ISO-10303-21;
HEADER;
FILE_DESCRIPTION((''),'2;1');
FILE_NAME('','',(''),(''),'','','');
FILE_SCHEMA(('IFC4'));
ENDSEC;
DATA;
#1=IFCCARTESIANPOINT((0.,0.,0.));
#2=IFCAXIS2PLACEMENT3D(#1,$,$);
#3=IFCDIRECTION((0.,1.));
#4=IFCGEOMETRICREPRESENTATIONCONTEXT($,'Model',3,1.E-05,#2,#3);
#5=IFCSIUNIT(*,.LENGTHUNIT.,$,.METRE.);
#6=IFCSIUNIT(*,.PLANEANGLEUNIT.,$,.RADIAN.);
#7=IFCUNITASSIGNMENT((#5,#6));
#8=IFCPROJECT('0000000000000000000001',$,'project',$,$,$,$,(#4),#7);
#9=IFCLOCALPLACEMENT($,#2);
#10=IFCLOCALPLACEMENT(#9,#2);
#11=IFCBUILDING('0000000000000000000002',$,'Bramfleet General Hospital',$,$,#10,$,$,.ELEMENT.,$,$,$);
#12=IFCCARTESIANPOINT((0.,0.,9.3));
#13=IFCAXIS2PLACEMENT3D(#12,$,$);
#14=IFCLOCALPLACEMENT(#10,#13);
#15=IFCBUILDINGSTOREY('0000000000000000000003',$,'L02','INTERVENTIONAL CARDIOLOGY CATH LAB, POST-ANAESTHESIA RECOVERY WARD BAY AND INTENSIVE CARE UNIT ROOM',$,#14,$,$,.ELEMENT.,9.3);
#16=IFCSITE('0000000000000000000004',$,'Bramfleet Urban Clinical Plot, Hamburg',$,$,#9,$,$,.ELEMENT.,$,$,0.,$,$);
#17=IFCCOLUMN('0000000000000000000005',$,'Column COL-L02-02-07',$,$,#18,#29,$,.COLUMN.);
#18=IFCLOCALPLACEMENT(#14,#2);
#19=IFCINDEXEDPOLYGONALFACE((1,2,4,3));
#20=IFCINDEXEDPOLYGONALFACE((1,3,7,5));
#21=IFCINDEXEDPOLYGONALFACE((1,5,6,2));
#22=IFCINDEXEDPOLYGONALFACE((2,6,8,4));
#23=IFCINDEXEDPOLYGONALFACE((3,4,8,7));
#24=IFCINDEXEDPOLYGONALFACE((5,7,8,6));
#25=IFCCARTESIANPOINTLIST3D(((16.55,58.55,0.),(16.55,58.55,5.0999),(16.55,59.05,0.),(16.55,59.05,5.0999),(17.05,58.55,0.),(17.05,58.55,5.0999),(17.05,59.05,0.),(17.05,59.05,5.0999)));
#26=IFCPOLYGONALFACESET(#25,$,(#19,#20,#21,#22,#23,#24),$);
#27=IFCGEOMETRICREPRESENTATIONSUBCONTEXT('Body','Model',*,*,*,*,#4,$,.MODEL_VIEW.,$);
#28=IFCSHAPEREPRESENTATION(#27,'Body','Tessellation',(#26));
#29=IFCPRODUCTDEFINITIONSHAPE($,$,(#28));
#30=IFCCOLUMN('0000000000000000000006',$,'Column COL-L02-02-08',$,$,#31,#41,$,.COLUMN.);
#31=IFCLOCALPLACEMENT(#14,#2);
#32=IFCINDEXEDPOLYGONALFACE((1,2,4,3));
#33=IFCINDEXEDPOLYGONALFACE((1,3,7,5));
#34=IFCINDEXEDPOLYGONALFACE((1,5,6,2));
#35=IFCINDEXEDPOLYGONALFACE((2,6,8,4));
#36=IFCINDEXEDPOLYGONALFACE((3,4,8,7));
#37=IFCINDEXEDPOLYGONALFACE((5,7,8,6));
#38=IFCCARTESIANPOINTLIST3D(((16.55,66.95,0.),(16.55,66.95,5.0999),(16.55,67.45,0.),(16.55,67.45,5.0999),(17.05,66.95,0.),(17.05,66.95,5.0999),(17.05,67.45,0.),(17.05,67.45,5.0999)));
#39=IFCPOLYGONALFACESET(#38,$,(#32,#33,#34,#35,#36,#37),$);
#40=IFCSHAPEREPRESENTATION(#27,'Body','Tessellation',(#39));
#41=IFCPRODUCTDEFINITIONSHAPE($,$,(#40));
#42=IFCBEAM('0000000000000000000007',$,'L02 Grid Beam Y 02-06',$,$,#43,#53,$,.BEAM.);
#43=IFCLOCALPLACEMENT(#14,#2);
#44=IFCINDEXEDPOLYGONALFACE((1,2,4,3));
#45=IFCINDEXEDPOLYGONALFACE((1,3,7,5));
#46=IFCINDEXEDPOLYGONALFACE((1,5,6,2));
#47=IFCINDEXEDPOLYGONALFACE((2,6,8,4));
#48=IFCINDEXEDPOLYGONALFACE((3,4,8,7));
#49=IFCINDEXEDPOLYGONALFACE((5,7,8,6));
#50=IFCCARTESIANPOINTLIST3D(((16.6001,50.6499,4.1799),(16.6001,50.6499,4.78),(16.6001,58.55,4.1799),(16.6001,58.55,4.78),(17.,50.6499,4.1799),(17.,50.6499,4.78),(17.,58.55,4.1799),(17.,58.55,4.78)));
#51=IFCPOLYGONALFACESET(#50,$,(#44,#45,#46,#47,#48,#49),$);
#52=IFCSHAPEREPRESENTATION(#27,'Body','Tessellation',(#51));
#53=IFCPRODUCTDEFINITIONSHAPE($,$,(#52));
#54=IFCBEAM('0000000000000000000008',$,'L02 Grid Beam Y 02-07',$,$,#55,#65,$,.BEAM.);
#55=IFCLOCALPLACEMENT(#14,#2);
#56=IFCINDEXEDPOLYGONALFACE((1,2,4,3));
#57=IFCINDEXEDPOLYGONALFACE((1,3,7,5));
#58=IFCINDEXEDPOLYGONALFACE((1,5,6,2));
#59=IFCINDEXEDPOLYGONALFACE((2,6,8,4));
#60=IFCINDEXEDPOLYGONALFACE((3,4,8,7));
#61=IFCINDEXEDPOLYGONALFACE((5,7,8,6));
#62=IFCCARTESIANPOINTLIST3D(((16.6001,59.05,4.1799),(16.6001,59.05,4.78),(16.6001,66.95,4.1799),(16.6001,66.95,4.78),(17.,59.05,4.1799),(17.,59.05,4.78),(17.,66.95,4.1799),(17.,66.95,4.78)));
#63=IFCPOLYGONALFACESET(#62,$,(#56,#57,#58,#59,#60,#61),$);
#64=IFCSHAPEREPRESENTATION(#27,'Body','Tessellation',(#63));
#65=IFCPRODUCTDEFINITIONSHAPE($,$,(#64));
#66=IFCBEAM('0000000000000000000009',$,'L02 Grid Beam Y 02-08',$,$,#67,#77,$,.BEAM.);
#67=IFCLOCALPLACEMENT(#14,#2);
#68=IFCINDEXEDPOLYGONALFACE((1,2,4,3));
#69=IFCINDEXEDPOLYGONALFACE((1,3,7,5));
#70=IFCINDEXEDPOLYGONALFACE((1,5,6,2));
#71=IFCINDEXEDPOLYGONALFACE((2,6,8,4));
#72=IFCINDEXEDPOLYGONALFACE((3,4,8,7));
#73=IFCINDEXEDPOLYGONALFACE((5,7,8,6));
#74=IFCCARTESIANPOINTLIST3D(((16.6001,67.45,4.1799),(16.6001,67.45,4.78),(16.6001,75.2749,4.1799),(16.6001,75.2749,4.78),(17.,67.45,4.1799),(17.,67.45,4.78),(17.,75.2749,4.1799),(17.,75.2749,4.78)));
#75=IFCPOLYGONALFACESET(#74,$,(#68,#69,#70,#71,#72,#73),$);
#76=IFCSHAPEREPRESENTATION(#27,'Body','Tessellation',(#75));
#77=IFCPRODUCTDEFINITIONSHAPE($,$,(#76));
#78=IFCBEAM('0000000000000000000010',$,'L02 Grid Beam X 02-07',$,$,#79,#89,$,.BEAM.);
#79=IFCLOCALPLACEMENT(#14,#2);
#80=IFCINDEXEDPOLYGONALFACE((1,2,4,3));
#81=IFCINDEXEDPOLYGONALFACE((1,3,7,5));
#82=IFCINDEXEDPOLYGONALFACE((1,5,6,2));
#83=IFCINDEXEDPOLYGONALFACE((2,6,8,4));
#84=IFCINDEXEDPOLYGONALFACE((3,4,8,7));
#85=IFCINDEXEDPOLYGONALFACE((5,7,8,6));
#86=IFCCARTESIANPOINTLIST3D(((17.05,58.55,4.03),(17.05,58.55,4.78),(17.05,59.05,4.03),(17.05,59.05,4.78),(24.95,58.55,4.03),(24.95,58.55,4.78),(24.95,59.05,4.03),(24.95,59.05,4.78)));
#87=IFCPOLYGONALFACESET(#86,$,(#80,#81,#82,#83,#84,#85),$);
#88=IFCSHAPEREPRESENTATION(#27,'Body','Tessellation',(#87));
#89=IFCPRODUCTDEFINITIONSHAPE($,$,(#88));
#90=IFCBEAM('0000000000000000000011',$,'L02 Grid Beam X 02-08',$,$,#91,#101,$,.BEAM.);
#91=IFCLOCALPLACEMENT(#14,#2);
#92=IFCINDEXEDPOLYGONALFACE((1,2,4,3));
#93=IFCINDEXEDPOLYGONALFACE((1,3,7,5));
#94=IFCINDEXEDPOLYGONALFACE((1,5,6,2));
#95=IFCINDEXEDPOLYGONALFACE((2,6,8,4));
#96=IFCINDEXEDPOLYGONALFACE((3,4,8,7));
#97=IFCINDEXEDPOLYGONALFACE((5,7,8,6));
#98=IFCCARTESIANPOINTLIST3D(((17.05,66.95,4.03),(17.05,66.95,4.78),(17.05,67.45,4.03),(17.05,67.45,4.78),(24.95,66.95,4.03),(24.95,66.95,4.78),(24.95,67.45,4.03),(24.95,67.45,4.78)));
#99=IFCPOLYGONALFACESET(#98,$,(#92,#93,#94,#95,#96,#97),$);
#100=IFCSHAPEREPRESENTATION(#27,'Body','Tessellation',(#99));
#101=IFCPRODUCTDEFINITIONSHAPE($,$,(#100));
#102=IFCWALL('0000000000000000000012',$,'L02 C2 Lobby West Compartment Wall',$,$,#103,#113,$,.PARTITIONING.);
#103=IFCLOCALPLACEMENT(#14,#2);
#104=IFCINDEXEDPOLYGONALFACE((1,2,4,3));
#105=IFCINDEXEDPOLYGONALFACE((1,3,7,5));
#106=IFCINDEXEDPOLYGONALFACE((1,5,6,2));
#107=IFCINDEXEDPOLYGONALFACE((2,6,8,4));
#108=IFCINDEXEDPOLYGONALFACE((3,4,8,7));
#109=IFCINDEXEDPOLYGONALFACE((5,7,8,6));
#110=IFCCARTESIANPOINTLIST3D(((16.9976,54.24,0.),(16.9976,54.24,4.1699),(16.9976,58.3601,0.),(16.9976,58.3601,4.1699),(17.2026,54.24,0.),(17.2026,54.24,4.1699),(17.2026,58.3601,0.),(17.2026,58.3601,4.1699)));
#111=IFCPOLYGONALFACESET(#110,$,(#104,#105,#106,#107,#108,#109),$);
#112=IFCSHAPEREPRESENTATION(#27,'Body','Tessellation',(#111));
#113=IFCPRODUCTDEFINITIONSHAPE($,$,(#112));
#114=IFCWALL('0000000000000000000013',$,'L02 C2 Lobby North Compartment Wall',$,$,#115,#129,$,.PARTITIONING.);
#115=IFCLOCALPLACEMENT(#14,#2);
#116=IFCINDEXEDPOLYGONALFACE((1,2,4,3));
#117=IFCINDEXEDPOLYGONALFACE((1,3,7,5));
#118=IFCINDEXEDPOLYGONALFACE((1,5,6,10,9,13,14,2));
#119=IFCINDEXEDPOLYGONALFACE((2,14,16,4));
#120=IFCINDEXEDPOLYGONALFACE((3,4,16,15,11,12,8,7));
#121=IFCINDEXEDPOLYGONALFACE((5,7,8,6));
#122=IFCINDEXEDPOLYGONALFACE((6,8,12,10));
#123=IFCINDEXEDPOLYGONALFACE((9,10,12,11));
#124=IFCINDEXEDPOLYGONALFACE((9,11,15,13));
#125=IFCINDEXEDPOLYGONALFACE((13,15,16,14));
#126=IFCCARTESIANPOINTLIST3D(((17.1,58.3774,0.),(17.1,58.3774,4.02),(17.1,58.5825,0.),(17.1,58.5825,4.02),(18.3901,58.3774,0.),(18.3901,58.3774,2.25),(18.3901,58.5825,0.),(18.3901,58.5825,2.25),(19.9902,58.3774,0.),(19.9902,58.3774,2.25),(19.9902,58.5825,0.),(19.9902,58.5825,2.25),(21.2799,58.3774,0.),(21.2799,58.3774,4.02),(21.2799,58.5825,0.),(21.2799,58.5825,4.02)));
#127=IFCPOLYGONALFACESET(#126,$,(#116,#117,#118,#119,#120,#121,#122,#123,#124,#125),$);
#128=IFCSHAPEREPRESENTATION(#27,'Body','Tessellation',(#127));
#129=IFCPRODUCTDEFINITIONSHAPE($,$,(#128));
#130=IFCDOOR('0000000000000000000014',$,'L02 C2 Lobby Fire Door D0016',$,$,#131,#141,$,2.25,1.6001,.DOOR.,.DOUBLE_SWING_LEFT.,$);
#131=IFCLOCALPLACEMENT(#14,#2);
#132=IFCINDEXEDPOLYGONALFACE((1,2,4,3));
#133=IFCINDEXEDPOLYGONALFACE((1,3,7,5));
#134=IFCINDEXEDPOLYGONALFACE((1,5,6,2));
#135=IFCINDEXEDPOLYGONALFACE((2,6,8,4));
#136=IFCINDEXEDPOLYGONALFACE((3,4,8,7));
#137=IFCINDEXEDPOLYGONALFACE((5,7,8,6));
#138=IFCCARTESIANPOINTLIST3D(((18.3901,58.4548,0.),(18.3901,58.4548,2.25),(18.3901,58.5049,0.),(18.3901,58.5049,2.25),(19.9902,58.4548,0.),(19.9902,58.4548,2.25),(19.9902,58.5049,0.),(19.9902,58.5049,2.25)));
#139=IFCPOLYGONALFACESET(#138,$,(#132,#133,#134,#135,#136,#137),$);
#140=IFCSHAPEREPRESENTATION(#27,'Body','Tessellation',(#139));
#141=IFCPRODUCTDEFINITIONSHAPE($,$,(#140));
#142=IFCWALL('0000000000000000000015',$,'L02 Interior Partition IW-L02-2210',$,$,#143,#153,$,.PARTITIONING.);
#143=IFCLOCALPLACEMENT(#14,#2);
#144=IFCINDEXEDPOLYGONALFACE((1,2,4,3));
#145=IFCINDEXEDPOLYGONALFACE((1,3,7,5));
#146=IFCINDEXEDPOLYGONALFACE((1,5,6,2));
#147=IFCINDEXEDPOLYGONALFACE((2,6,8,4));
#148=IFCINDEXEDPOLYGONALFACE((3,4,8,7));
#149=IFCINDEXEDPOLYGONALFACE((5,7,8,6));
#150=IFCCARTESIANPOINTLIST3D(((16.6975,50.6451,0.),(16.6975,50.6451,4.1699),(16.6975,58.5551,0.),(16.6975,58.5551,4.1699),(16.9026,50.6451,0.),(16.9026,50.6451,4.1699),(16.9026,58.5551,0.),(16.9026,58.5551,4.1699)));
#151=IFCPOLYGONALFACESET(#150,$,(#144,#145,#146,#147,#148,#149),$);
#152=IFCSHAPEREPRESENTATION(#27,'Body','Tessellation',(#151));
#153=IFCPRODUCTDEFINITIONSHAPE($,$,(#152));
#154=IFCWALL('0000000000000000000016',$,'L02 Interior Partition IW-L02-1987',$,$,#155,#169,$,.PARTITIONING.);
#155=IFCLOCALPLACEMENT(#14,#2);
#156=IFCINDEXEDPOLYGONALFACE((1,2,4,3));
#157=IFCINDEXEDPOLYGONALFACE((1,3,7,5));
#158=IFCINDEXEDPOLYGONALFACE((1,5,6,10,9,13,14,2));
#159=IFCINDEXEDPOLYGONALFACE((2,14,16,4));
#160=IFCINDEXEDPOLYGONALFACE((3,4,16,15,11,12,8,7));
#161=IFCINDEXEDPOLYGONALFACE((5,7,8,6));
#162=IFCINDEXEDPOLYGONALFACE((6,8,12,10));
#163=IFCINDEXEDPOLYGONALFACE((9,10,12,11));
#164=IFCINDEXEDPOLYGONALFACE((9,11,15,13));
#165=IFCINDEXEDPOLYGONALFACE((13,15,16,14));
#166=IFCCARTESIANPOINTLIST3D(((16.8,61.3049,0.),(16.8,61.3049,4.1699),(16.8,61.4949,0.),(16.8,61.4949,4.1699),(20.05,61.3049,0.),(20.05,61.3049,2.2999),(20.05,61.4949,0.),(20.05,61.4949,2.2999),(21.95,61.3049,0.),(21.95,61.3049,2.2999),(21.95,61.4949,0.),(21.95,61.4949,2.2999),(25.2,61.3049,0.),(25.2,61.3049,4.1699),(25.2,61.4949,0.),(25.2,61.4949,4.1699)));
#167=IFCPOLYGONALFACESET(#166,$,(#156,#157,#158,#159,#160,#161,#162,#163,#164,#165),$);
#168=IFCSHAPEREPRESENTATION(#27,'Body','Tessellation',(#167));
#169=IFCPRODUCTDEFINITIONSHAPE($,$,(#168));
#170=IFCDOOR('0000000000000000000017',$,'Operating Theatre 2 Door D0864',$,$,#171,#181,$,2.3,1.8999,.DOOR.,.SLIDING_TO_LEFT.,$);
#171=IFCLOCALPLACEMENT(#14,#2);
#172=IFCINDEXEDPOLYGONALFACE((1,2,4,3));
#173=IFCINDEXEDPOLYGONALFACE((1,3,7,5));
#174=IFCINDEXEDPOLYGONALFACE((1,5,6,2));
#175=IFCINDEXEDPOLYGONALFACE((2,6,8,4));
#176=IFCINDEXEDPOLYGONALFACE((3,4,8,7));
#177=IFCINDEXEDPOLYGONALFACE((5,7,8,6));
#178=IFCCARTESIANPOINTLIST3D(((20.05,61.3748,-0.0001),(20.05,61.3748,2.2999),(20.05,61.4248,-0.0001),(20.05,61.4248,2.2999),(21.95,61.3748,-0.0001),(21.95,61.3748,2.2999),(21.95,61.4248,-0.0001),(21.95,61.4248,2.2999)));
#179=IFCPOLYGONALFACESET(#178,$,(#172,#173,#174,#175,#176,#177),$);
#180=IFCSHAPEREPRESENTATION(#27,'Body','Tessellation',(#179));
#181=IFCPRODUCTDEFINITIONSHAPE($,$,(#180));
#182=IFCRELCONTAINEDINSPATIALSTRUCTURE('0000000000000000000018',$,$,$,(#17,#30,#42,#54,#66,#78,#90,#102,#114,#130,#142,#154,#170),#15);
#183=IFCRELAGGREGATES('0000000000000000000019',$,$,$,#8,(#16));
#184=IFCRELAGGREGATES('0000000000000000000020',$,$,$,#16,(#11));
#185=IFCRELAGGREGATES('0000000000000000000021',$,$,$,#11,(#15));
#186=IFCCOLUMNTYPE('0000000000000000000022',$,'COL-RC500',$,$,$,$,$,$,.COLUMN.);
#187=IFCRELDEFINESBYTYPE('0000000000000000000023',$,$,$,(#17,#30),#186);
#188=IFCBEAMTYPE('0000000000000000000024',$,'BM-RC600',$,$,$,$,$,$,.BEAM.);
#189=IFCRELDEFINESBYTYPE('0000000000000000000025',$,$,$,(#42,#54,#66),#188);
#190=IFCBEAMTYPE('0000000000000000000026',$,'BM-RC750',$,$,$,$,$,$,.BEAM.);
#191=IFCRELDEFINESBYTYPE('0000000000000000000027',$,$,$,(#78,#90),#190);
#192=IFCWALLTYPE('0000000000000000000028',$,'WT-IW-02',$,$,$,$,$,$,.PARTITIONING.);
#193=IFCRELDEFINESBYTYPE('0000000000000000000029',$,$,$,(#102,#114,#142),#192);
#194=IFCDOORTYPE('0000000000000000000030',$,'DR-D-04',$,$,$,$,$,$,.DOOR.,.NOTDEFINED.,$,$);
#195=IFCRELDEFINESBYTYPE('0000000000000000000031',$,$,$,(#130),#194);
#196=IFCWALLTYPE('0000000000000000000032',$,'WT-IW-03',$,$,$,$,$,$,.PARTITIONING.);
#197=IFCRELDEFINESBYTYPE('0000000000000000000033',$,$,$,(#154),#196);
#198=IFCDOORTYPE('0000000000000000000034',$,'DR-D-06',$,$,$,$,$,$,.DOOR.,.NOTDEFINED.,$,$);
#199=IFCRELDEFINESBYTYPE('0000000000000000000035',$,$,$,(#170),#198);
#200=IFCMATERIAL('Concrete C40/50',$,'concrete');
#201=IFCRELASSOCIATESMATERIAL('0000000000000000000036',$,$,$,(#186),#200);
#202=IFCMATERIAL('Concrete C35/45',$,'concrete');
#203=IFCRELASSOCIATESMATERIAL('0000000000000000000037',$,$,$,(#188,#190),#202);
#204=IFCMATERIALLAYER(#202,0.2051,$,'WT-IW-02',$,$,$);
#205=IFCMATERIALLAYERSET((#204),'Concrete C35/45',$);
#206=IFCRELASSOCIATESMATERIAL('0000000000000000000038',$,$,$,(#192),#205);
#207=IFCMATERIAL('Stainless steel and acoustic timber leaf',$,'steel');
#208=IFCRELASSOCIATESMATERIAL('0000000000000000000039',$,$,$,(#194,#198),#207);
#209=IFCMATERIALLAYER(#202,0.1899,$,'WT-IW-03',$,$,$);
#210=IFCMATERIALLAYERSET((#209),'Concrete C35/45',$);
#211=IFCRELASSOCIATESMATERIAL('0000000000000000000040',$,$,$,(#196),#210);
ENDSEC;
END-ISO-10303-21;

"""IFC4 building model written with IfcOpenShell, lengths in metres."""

from ifc_helpers import new_model, si_unit, direction, frame, frame_2d, origin, origin_2d, place, context, subcontext, project, spatial, rectangle, extrude, material, layer, layer_set, material_profile, profile_set, type_object, element, fill, save


model = new_model("IFC4")

# Units and contexts
model_context = context("Model", 3, precision=1e-05, world=origin(), true_north=direction((0.0, 1.0)))
body_context = subcontext(model_context, "Body", "Model", "MODEL_VIEW")
ifc_project = project(units=[si_unit("LENGTHUNIT", "METRE"), si_unit("PLANEANGLEUNIT", "RADIAN")], contexts=[model_context])

# Site, building, storey
site_placement = place(None, origin())
site = spatial("IfcSite", under=ifc_project, at=site_placement, Name="Bramfleet Urban Clinical Plot, Hamburg", CompositionType="ELEMENT", RefElevation=0.0)
building_placement = place(site_placement, origin())
building = spatial("IfcBuilding", under=site, at=building_placement, Name="Bramfleet General Hospital", CompositionType="ELEMENT")
storey_placement = place(building_placement, frame((0.0, 0.0, 9.3)))
storey = spatial("IfcBuildingStorey", under=building, at=storey_placement, Name="L02", Description="INTERVENTIONAL CARDIOLOGY CATH LAB, POST-ANAESTHESIA RECOVERY WARD BAY AND INTENSIVE CARE UNIT ROOM", CompositionType="ELEMENT", Elevation=9.3)

# Columns
ifc_material_1 = material(Name="Concrete C40/50", Category="concrete")
ifc_material_profile_1 = material_profile(ifc_material_1, rectangle(XDim=0.5, YDim=0.5, at=origin_2d()), Name="RC COL 500x500")
ifc_profile_set_1 = profile_set([ifc_material_profile_1], Name="Concrete C40/50")
column_type = type_object("IfcColumnType", Name="COL-RC500", PredefinedType="COLUMN", material=ifc_profile_set_1)
for number, where, z_axis, x_axis, name in (
    (1, (16.8, 58.8, 0.0), (0.0, 0.0, 1.0), (1.0, 0.0, 0.0), "Column COL-L02-02-07"),
    (2, (16.8, 67.2, 0.0), (0.0, 0.0, 1.0), (1.0, 0.0, 0.0), "Column COL-L02-02-08"),
):
    element("IfcColumn", number, at=place(storey_placement, frame(where, z_axis=z_axis, x_axis=x_axis)), inside=storey, type_object=column_type, Name=name, PredefinedType="COLUMN", context=body_context, shape_type="SweptSolid", body=[
        extrude(rectangle(XDim=0.5, YDim=0.5, at=origin_2d()), origin(), (0.0, 0.0, 1.0), 5.0999),
    ])

# Beams
ifc_material_2 = material(Name="Concrete C35/45", Category="concrete")
ifc_material_profile_2 = material_profile(ifc_material_2, rectangle(XDim=0.3999, YDim=0.6001, at=origin_2d()), Name="RC BM 600x400")
ifc_profile_set_2 = profile_set([ifc_material_profile_2], Name="Concrete C35/45")
beam_type_1 = type_object("IfcBeamType", Name="BM-RC600", PredefinedType="BEAM", material=ifc_profile_set_2)
beam_1_placement = place(storey_placement, frame((16.8, 50.6499, 4.48), z_axis=(0.0, 1.0, 0.0), x_axis=(-1.0, 0.0, 0.0)))
element("IfcBeam", 3, at=beam_1_placement, inside=storey, type_object=beam_type_1, Name="L02 Grid Beam Y 02-06", PredefinedType="BEAM", context=body_context, shape_type="SweptSolid", body=[
    extrude(rectangle(XDim=0.3999, YDim=0.6001, at=origin_2d()), origin(), (0.0, 0.0, 1.0), 7.9001),
])
beam_2_placement = place(storey_placement, frame((16.8, 59.05, 4.48), z_axis=(0.0, 1.0, 0.0), x_axis=(-1.0, 0.0, 0.0)))
element("IfcBeam", 4, at=beam_2_placement, inside=storey, type_object=beam_type_1, Name="L02 Grid Beam Y 02-07", PredefinedType="BEAM", context=body_context, shape_type="SweptSolid", body=[
    extrude(rectangle(XDim=0.3999, YDim=0.6001, at=origin_2d()), origin(), (0.0, 0.0, 1.0), 7.8999),
])
beam_3_placement = place(storey_placement, frame((16.8, 67.45, 4.48), z_axis=(0.0, 1.0, 0.0), x_axis=(-1.0, 0.0, 0.0)))
element("IfcBeam", 5, at=beam_3_placement, inside=storey, type_object=beam_type_1, Name="L02 Grid Beam Y 02-08", PredefinedType="BEAM", context=body_context, shape_type="SweptSolid", body=[
    extrude(rectangle(XDim=0.3999, YDim=0.6001, at=origin_2d()), origin(), (0.0, 0.0, 1.0), 7.825),
])
ifc_material_profile_3 = material_profile(ifc_material_2, rectangle(XDim=0.5, YDim=0.75, at=origin_2d()), Name="RC BM 750x500")
ifc_profile_set_3 = profile_set([ifc_material_profile_3], Name="Concrete C35/45")
beam_type_2 = type_object("IfcBeamType", Name="BM-RC750", PredefinedType="BEAM", material=ifc_profile_set_3)
for number, where, z_axis, x_axis, name in (
    (6, (17.05, 58.8, 4.405), (1.0, 0.0, 0.0), (0.0, 1.0, 0.0), "L02 Grid Beam X 02-07"),
    (7, (17.05, 67.2, 4.405), (1.0, 0.0, 0.0), (0.0, 1.0, 0.0), "L02 Grid Beam X 02-08"),
):
    element("IfcBeam", number, at=place(storey_placement, frame(where, z_axis=z_axis, x_axis=x_axis)), inside=storey, type_object=beam_type_2, Name=name, PredefinedType="BEAM", context=body_context, shape_type="SweptSolid", body=[
        extrude(rectangle(XDim=0.5, YDim=0.75, at=origin_2d()), origin(), (0.0, 0.0, 1.0), 7.8999),
    ])

# Wall
ifc_layer_1 = layer(ifc_material_2, 0.2051, Name="WT-IW-02")
ifc_layer_set_1 = layer_set([ifc_layer_1], Name="Concrete C35/45")
wall_type_1 = type_object("IfcWallType", Name="WT-IW-02", PredefinedType="PARTITIONING", material=ifc_layer_set_1)
wall_1_placement = place(storey_placement, frame((17.1001, 54.24, 0.0), z_axis=(0.0, 0.0, 1.0), x_axis=(0.0, 1.0, 0.0)))
element("IfcWall", 8, at=wall_1_placement, inside=storey, type_object=wall_type_1, Name="L02 C2 Lobby West Compartment Wall", PredefinedType="PARTITIONING", context=body_context, shape_type="SweptSolid", body=[
    extrude(rectangle(XDim=4.1201, YDim=0.2051, at=frame_2d((2.0601, 0.0))), origin(), (0.0, 0.0, 1.0), 4.1699),
])

# Wall, opening, door
wall_2_placement = place(storey_placement, frame((17.1001, 58.48, 0.0), z_axis=(0.0, 0.0, 1.0), x_axis=(1.0, 0.0, 0.0)))
wall_2 = element("IfcWall", 9, at=wall_2_placement, inside=storey, type_object=wall_type_1, Name="L02 C2 Lobby North Compartment Wall", PredefinedType="PARTITIONING", context=body_context, shape_type="SweptSolid", body=[
    extrude(rectangle(XDim=4.1799, YDim=0.2051, at=frame_2d((2.0898, 0.0))), origin(), (0.0, 0.0, 1.0), 4.02),
])
opening_1_placement = place(wall_2_placement, frame((1.29, 0.0, 0.0)))
opening_1 = element("IfcOpeningElement", 10, at=opening_1_placement, cuts=wall_2, PredefinedType="OPENING", context=body_context, shape_type="SweptSolid", body=[
    extrude(rectangle(XDim=1.6001, YDim=2.25, at=frame_2d((0.8, 1.125))), frame((0.0, 0.1125, 0.0), z_axis=(0.0, -1.0, 0.0), x_axis=(1.0, 0.0, 0.0)), (0.0, 0.0, 1.0), 0.2251),
])
ifc_material_3 = material(Name="Stainless steel and acoustic timber leaf", Category="steel")
door_type_1 = type_object("IfcDoorType", Name="DR-D-04", OperationType="NOTDEFINED", PredefinedType="DOOR", material=ifc_material_3)
door_1_placement = place(opening_1_placement, origin())
door_1 = element("IfcDoor", 11, at=door_1_placement, inside=storey, type_object=door_type_1, Name="L02 C2 Lobby Fire Door D0016", OperationType="DOUBLE_SWING_LEFT", OverallHeight=2.25, OverallWidth=1.6001, PredefinedType="DOOR", context=body_context, shape_type="SweptSolid", body=[
    extrude(rectangle(XDim=1.6001, YDim=2.25, at=frame_2d((0.8, 1.125))), frame((0.0, 0.0249, 0.0), z_axis=(0.0, -1.0, 0.0), x_axis=(1.0, 0.0, 0.0)), (0.0, 0.0, 1.0), 0.05),
])
fill(opening_1, door_1)

# Wall
wall_3_placement = place(storey_placement, frame((16.8, 50.645, 0.0), z_axis=(0.0, 0.0, 1.0), x_axis=(0.0, 1.0, 0.0)))
element("IfcWall", 12, at=wall_3_placement, inside=storey, type_object=wall_type_1, Name="L02 Interior Partition IW-L02-2210", PredefinedType="PARTITIONING", context=body_context, shape_type="SweptSolid", body=[
    extrude(rectangle(XDim=7.9099, YDim=0.2051, at=frame_2d((3.9551, 0.0))), origin(), (0.0, 0.0, 1.0), 4.1699),
])

# Wall, opening, door
ifc_layer_2 = layer(ifc_material_2, 0.1899, Name="WT-IW-03")
ifc_layer_set_2 = layer_set([ifc_layer_2], Name="Concrete C35/45")
wall_type_2 = type_object("IfcWallType", Name="WT-IW-03", PredefinedType="PARTITIONING", material=ifc_layer_set_2)
wall_4_placement = place(storey_placement, frame((16.8, 61.3999, 0.0), z_axis=(0.0, 0.0, 1.0), x_axis=(1.0, 0.0, 0.0)))
wall_4 = element("IfcWall", 13, at=wall_4_placement, inside=storey, type_object=wall_type_2, Name="L02 Interior Partition IW-L02-1987", PredefinedType="PARTITIONING", context=body_context, shape_type="SweptSolid", body=[
    extrude(rectangle(XDim=8.3999, YDim=0.1899, at=frame_2d((4.2, 0.0))), origin(), (0.0, 0.0, 1.0), 4.1699),
])
opening_2_placement = place(wall_4_placement, frame((3.25, 0.0, 0.0)))
opening_2 = element("IfcOpeningElement", 14, at=opening_2_placement, cuts=wall_4, PredefinedType="OPENING", context=body_context, shape_type="SweptSolid", body=[
    extrude(rectangle(XDim=1.8999, YDim=2.3, at=frame_2d((0.95, 1.1499))), frame((0.0, 0.105, 0.0), z_axis=(0.0, -1.0, 0.0), x_axis=(1.0, 0.0, 0.0)), (0.0, 0.0, 1.0), 0.21),
])
door_type_2 = type_object("IfcDoorType", Name="DR-D-06", OperationType="NOTDEFINED", PredefinedType="DOOR", material=ifc_material_3)
door_2_placement = place(opening_2_placement, origin())
door_2 = element("IfcDoor", 15, at=door_2_placement, inside=storey, type_object=door_type_2, Name="Operating Theatre 2 Door D0864", OperationType="SLIDING_TO_LEFT", OverallHeight=2.3, OverallWidth=1.8999, PredefinedType="DOOR", context=body_context, shape_type="SweptSolid", body=[
    extrude(rectangle(XDim=1.8999, YDim=2.3, at=frame_2d((0.95, 1.1499))), frame((0.0, 0.0249, 0.0), z_axis=(0.0, -1.0, 0.0), x_axis=(1.0, 0.0, 0.0)), (0.0, 0.0, 1.0), 0.05),
])
fill(opening_2, door_2)

save(model, "model.ifc")
